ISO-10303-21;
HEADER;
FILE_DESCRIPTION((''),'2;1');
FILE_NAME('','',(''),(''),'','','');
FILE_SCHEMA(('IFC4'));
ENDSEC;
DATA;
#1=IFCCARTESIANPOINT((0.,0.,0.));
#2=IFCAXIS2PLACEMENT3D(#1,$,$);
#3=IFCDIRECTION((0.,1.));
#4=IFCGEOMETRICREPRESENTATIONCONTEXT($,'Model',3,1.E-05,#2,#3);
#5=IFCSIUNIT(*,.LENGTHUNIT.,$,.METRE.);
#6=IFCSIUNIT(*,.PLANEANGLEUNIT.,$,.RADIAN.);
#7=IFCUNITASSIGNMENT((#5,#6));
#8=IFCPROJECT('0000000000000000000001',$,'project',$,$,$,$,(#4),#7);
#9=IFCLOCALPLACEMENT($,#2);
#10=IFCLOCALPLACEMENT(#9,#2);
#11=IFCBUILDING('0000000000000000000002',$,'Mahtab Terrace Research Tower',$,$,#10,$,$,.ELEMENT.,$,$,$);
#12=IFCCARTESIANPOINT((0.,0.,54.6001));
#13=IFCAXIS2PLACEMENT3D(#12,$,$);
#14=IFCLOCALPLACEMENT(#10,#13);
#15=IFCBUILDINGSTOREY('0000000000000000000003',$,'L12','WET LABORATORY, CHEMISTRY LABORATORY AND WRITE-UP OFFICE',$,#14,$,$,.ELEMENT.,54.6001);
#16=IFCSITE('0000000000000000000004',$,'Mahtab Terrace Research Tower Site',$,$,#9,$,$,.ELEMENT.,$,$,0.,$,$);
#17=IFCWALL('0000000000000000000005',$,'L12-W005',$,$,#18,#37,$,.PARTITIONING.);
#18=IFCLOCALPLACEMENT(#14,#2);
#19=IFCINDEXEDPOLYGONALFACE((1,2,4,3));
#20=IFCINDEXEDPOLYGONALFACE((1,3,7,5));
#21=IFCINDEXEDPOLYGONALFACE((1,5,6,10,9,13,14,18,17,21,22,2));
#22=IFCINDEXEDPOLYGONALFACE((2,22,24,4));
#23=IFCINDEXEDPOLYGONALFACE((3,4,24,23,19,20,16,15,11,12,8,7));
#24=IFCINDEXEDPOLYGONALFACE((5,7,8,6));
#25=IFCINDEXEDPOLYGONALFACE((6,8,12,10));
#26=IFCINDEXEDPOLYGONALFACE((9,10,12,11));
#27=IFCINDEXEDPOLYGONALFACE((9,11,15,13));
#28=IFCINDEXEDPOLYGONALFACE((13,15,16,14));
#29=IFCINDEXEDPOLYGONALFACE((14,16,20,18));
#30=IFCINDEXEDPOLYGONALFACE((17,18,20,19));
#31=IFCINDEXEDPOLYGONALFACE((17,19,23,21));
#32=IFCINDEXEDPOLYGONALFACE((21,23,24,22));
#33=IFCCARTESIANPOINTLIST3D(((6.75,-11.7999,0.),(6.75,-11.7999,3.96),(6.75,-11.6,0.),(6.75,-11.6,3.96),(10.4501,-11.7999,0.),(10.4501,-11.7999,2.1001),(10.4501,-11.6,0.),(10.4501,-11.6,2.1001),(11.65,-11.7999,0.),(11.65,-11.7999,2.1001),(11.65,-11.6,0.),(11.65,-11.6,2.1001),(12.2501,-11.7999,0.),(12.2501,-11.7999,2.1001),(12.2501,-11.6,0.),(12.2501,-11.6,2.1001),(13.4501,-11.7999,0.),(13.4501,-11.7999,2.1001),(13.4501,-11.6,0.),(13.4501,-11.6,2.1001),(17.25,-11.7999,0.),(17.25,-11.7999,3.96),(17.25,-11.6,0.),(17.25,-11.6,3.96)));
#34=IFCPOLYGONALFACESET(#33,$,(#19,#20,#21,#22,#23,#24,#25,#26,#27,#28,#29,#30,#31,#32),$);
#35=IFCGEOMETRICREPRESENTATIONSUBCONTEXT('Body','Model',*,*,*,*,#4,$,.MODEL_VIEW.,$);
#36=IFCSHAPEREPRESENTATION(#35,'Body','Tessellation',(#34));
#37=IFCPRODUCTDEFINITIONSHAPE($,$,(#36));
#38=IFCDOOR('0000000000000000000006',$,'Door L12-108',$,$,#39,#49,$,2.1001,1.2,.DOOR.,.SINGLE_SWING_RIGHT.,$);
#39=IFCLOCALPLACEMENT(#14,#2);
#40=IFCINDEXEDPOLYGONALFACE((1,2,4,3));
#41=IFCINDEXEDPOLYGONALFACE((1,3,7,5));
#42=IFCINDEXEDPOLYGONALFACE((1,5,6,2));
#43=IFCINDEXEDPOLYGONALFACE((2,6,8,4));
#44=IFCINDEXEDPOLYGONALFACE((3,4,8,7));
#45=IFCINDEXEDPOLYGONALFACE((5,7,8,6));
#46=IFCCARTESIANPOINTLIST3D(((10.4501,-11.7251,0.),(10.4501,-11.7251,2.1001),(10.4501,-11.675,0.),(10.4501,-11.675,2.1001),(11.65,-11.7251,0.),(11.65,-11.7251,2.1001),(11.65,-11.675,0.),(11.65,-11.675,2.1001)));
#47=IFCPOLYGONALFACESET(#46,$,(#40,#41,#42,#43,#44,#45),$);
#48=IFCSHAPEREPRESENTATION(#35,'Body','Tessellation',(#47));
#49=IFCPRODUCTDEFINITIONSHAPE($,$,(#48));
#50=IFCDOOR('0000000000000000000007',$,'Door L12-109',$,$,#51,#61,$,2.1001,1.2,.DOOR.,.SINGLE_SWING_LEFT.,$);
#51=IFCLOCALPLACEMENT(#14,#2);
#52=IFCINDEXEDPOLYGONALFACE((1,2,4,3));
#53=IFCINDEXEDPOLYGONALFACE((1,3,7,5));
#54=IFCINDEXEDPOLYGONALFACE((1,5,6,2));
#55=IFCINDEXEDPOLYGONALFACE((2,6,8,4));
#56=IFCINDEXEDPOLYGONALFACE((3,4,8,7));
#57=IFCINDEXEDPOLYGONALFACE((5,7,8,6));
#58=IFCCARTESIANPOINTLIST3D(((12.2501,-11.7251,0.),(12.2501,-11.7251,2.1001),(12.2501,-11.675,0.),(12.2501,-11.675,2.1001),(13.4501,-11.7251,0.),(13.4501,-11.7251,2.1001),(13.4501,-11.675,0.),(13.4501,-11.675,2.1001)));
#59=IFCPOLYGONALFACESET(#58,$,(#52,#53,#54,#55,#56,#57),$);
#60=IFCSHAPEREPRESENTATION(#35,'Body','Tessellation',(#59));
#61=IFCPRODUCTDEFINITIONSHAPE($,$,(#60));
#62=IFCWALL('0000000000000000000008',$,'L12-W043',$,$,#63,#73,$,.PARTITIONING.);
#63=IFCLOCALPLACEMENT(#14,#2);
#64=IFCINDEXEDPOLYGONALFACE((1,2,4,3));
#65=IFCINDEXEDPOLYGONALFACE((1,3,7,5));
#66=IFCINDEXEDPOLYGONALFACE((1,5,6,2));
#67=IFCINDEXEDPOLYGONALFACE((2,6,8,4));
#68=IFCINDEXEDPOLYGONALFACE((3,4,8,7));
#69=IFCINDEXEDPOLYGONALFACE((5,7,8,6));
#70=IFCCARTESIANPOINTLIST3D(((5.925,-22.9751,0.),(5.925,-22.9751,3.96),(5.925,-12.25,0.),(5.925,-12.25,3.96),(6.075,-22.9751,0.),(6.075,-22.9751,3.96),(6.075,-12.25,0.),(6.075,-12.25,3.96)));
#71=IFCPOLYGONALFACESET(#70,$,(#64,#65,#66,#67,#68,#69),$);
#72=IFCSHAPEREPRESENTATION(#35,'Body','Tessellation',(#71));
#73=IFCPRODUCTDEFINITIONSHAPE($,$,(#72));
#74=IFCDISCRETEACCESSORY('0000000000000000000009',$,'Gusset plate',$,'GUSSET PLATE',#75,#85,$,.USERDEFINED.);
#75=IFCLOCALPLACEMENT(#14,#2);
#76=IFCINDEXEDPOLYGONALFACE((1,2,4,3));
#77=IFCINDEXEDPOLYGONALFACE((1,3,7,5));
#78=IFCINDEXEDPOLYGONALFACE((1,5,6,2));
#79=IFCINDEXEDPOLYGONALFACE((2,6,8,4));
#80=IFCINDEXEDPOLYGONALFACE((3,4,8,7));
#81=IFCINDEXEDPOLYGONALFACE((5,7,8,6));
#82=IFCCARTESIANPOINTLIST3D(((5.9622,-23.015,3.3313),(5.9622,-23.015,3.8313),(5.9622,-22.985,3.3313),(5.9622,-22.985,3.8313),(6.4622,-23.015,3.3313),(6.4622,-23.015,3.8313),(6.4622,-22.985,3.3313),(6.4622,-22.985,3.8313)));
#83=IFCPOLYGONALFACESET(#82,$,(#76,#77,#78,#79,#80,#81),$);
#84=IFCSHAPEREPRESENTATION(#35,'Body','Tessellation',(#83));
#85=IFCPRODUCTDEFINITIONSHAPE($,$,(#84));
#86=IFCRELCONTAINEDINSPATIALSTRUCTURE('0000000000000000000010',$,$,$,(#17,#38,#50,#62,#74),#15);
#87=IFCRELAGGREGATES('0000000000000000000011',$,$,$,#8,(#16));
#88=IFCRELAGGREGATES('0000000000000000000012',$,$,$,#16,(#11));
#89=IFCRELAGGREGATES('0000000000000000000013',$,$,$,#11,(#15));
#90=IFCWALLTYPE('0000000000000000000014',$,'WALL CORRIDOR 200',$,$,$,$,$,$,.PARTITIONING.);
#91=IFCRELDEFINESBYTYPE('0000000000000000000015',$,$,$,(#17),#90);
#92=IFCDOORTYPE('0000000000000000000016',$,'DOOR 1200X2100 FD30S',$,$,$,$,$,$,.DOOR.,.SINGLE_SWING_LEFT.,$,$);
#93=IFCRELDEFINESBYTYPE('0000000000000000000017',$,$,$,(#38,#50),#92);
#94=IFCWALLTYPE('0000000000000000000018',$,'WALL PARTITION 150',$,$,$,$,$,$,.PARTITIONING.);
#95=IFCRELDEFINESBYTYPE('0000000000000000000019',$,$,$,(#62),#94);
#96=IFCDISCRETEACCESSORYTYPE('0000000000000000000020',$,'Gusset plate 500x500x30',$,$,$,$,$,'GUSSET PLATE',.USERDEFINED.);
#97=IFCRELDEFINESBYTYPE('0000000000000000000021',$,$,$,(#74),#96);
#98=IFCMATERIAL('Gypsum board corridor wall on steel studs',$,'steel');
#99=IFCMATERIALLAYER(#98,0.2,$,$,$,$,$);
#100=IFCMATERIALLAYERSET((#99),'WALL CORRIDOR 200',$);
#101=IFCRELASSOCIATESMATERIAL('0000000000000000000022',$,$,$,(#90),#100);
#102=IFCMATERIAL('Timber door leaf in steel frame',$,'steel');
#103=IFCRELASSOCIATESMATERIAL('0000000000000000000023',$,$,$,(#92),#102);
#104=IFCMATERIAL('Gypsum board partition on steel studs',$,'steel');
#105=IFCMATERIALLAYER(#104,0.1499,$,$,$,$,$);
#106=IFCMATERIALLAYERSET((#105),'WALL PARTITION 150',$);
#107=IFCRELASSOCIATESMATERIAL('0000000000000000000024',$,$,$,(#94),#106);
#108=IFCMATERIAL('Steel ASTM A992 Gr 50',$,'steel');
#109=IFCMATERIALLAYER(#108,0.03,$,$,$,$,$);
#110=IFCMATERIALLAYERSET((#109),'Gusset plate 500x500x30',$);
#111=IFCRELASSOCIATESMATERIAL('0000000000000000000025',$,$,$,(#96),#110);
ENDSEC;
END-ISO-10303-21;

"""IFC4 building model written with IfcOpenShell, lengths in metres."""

from ifc_helpers import new_model, si_unit, direction, frame, frame_2d, origin, origin_2d, place, context, subcontext, project, spatial, rectangle, extrude, material, layer, layer_set, type_object, element, fill, save


model = new_model("IFC4")

# Units and contexts
model_context = context("Model", 3, precision=1e-05, world=origin(), true_north=direction((0.0, 1.0)))
body_context = subcontext(model_context, "Body", "Model", "MODEL_VIEW")
ifc_project = project(units=[si_unit("LENGTHUNIT", "METRE"), si_unit("PLANEANGLEUNIT", "RADIAN")], contexts=[model_context])

# Site, building, storey
site_placement = place(None, origin())
site = spatial("IfcSite", under=ifc_project, at=site_placement, Name="Mahtab Terrace Research Tower Site", CompositionType="ELEMENT", RefElevation=0.0)
building_placement = place(site_placement, origin())
building = spatial("IfcBuilding", under=site, at=building_placement, Name="Mahtab Terrace Research Tower", CompositionType="ELEMENT")
storey_placement = place(building_placement, frame((0.0, 0.0, 54.6001)))
storey = spatial("IfcBuildingStorey", under=building, at=storey_placement, Name="L12", Description="WET LABORATORY, CHEMISTRY LABORATORY AND WRITE-UP OFFICE", CompositionType="ELEMENT", Elevation=54.6001)

# Shared definitions
ifc_material_1 = material(Name="Steel ASTM A992 Gr 50", Category="steel")

# Wall, openings, doors
ifc_material_2 = material(Name="Gypsum board corridor wall on steel studs", Category="steel")
ifc_layer_1 = layer(ifc_material_2, 0.2)
ifc_layer_set_1 = layer_set([ifc_layer_1], Name="WALL CORRIDOR 200")
wall_type_1 = type_object("IfcWallType", Name="WALL CORRIDOR 200", PredefinedType="PARTITIONING", material=ifc_layer_set_1)
wall_1_placement = place(storey_placement, frame((6.75, -11.7, 0.0), z_axis=(0.0, 0.0, 1.0), x_axis=(1.0, 0.0, 0.0)))
wall_1 = element("IfcWall", 1, at=wall_1_placement, inside=storey, type_object=wall_type_1, Name="L12-W005", PredefinedType="PARTITIONING", context=body_context, shape_type="SweptSolid", body=[
    extrude(rectangle(XDim=10.5, YDim=0.2, at=frame_2d((5.25, 0.0))), origin(), (0.0, 0.0, 1.0), 3.96),
])
opening_1_placement = place(wall_1_placement, frame((3.7, 0.0, 0.0)))
opening_1 = element("IfcOpeningElement", 2, at=opening_1_placement, cuts=wall_1, PredefinedType="OPENING", context=body_context, shape_type="SweptSolid", body=[
    extrude(rectangle(XDim=1.2, YDim=2.1001, at=frame_2d((0.6001, 1.05))), frame((0.0, 0.1099, 0.0), z_axis=(0.0, -1.0, 0.0), x_axis=(1.0, 0.0, 0.0)), (0.0, 0.0, 1.0), 0.22),
])
opening_2_placement = place(wall_1_placement, frame((5.5, 0.0, 0.0)))
opening_2 = element("IfcOpeningElement", 3, at=opening_2_placement, cuts=wall_1, PredefinedType="OPENING", context=body_context, shape_type="SweptSolid", body=[
    extrude(rectangle(XDim=1.2, YDim=2.1001, at=frame_2d((0.6001, 1.05))), frame((0.0, 0.1099, 0.0), z_axis=(0.0, -1.0, 0.0), x_axis=(1.0, 0.0, 0.0)), (0.0, 0.0, 1.0), 0.22),
])
ifc_material_3 = material(Name="Timber door leaf in steel frame", Category="steel")
door_type = type_object("IfcDoorType", Name="DOOR 1200X2100 FD30S", OperationType="SINGLE_SWING_LEFT", PredefinedType="DOOR", material=ifc_material_3)
door_1_placement = place(opening_1_placement, origin())
door_1 = element("IfcDoor", 4, at=door_1_placement, inside=storey, type_object=door_type, Name="Door L12-108", OperationType="SINGLE_SWING_RIGHT", OverallHeight=2.1001, OverallWidth=1.2, PredefinedType="DOOR", context=body_context, shape_type="SweptSolid", body=[
    extrude(rectangle(XDim=1.2, YDim=2.1001, at=frame_2d((0.6001, 1.05))), frame((0.0, 0.0249, 0.0), z_axis=(0.0, -1.0, 0.0), x_axis=(1.0, 0.0, 0.0)), (0.0, 0.0, 1.0), 0.05),
])
fill(opening_1, door_1)
door_2_placement = place(opening_2_placement, origin())
door_2 = element("IfcDoor", 5, at=door_2_placement, inside=storey, type_object=door_type, Name="Door L12-109", OperationType="SINGLE_SWING_LEFT", OverallHeight=2.1001, OverallWidth=1.2, PredefinedType="DOOR", context=body_context, shape_type="SweptSolid", body=[
    extrude(rectangle(XDim=1.2, YDim=2.1001, at=frame_2d((0.6001, 1.05))), frame((0.0, 0.0249, 0.0), z_axis=(0.0, -1.0, 0.0), x_axis=(1.0, 0.0, 0.0)), (0.0, 0.0, 1.0), 0.05),
])
fill(opening_2, door_2)

# Wall
ifc_material_4 = material(Name="Gypsum board partition on steel studs", Category="steel")
ifc_layer_2 = layer(ifc_material_4, 0.1499)
ifc_layer_set_2 = layer_set([ifc_layer_2], Name="WALL PARTITION 150")
wall_type_2 = type_object("IfcWallType", Name="WALL PARTITION 150", PredefinedType="PARTITIONING", material=ifc_layer_set_2)
wall_2_placement = place(storey_placement, frame((6.0, -22.9751, 0.0), z_axis=(0.0, 0.0, 1.0), x_axis=(0.0, 1.0, 0.0)))
element("IfcWall", 6, at=wall_2_placement, inside=storey, type_object=wall_type_2, Name="L12-W043", PredefinedType="PARTITIONING", context=body_context, shape_type="SweptSolid", body=[
    extrude(rectangle(XDim=10.7251, YDim=0.1499, at=frame_2d((5.3625, 0.0))), origin(), (0.0, 0.0, 1.0), 3.96),
])

# Discrete accessory
ifc_layer_3 = layer(ifc_material_1, 0.03)
ifc_layer_set_3 = layer_set([ifc_layer_3], Name="Gusset plate 500x500x30")
discrete_accessory_type = type_object("IfcDiscreteAccessoryType", Name="Gusset plate 500x500x30", ElementType="GUSSET PLATE", PredefinedType="USERDEFINED", material=ifc_layer_set_3)
discrete_accessory_placement = place(storey_placement, frame((6.2122, -23.0, 3.3313), z_axis=(0.0, 0.0, 1.0), x_axis=(1.0, 0.0, 0.0)))
element("IfcDiscreteAccessory", 7, at=discrete_accessory_placement, inside=storey, type_object=discrete_accessory_type, Name="Gusset plate", ObjectType="GUSSET PLATE", PredefinedType="USERDEFINED", context=body_context, shape_type="SweptSolid", body=[
    extrude(rectangle(XDim=0.5, YDim=0.03, at=origin_2d()), origin(), (0.0, 0.0, 1.0), 0.5),
])

save(model, "model.ifc")
